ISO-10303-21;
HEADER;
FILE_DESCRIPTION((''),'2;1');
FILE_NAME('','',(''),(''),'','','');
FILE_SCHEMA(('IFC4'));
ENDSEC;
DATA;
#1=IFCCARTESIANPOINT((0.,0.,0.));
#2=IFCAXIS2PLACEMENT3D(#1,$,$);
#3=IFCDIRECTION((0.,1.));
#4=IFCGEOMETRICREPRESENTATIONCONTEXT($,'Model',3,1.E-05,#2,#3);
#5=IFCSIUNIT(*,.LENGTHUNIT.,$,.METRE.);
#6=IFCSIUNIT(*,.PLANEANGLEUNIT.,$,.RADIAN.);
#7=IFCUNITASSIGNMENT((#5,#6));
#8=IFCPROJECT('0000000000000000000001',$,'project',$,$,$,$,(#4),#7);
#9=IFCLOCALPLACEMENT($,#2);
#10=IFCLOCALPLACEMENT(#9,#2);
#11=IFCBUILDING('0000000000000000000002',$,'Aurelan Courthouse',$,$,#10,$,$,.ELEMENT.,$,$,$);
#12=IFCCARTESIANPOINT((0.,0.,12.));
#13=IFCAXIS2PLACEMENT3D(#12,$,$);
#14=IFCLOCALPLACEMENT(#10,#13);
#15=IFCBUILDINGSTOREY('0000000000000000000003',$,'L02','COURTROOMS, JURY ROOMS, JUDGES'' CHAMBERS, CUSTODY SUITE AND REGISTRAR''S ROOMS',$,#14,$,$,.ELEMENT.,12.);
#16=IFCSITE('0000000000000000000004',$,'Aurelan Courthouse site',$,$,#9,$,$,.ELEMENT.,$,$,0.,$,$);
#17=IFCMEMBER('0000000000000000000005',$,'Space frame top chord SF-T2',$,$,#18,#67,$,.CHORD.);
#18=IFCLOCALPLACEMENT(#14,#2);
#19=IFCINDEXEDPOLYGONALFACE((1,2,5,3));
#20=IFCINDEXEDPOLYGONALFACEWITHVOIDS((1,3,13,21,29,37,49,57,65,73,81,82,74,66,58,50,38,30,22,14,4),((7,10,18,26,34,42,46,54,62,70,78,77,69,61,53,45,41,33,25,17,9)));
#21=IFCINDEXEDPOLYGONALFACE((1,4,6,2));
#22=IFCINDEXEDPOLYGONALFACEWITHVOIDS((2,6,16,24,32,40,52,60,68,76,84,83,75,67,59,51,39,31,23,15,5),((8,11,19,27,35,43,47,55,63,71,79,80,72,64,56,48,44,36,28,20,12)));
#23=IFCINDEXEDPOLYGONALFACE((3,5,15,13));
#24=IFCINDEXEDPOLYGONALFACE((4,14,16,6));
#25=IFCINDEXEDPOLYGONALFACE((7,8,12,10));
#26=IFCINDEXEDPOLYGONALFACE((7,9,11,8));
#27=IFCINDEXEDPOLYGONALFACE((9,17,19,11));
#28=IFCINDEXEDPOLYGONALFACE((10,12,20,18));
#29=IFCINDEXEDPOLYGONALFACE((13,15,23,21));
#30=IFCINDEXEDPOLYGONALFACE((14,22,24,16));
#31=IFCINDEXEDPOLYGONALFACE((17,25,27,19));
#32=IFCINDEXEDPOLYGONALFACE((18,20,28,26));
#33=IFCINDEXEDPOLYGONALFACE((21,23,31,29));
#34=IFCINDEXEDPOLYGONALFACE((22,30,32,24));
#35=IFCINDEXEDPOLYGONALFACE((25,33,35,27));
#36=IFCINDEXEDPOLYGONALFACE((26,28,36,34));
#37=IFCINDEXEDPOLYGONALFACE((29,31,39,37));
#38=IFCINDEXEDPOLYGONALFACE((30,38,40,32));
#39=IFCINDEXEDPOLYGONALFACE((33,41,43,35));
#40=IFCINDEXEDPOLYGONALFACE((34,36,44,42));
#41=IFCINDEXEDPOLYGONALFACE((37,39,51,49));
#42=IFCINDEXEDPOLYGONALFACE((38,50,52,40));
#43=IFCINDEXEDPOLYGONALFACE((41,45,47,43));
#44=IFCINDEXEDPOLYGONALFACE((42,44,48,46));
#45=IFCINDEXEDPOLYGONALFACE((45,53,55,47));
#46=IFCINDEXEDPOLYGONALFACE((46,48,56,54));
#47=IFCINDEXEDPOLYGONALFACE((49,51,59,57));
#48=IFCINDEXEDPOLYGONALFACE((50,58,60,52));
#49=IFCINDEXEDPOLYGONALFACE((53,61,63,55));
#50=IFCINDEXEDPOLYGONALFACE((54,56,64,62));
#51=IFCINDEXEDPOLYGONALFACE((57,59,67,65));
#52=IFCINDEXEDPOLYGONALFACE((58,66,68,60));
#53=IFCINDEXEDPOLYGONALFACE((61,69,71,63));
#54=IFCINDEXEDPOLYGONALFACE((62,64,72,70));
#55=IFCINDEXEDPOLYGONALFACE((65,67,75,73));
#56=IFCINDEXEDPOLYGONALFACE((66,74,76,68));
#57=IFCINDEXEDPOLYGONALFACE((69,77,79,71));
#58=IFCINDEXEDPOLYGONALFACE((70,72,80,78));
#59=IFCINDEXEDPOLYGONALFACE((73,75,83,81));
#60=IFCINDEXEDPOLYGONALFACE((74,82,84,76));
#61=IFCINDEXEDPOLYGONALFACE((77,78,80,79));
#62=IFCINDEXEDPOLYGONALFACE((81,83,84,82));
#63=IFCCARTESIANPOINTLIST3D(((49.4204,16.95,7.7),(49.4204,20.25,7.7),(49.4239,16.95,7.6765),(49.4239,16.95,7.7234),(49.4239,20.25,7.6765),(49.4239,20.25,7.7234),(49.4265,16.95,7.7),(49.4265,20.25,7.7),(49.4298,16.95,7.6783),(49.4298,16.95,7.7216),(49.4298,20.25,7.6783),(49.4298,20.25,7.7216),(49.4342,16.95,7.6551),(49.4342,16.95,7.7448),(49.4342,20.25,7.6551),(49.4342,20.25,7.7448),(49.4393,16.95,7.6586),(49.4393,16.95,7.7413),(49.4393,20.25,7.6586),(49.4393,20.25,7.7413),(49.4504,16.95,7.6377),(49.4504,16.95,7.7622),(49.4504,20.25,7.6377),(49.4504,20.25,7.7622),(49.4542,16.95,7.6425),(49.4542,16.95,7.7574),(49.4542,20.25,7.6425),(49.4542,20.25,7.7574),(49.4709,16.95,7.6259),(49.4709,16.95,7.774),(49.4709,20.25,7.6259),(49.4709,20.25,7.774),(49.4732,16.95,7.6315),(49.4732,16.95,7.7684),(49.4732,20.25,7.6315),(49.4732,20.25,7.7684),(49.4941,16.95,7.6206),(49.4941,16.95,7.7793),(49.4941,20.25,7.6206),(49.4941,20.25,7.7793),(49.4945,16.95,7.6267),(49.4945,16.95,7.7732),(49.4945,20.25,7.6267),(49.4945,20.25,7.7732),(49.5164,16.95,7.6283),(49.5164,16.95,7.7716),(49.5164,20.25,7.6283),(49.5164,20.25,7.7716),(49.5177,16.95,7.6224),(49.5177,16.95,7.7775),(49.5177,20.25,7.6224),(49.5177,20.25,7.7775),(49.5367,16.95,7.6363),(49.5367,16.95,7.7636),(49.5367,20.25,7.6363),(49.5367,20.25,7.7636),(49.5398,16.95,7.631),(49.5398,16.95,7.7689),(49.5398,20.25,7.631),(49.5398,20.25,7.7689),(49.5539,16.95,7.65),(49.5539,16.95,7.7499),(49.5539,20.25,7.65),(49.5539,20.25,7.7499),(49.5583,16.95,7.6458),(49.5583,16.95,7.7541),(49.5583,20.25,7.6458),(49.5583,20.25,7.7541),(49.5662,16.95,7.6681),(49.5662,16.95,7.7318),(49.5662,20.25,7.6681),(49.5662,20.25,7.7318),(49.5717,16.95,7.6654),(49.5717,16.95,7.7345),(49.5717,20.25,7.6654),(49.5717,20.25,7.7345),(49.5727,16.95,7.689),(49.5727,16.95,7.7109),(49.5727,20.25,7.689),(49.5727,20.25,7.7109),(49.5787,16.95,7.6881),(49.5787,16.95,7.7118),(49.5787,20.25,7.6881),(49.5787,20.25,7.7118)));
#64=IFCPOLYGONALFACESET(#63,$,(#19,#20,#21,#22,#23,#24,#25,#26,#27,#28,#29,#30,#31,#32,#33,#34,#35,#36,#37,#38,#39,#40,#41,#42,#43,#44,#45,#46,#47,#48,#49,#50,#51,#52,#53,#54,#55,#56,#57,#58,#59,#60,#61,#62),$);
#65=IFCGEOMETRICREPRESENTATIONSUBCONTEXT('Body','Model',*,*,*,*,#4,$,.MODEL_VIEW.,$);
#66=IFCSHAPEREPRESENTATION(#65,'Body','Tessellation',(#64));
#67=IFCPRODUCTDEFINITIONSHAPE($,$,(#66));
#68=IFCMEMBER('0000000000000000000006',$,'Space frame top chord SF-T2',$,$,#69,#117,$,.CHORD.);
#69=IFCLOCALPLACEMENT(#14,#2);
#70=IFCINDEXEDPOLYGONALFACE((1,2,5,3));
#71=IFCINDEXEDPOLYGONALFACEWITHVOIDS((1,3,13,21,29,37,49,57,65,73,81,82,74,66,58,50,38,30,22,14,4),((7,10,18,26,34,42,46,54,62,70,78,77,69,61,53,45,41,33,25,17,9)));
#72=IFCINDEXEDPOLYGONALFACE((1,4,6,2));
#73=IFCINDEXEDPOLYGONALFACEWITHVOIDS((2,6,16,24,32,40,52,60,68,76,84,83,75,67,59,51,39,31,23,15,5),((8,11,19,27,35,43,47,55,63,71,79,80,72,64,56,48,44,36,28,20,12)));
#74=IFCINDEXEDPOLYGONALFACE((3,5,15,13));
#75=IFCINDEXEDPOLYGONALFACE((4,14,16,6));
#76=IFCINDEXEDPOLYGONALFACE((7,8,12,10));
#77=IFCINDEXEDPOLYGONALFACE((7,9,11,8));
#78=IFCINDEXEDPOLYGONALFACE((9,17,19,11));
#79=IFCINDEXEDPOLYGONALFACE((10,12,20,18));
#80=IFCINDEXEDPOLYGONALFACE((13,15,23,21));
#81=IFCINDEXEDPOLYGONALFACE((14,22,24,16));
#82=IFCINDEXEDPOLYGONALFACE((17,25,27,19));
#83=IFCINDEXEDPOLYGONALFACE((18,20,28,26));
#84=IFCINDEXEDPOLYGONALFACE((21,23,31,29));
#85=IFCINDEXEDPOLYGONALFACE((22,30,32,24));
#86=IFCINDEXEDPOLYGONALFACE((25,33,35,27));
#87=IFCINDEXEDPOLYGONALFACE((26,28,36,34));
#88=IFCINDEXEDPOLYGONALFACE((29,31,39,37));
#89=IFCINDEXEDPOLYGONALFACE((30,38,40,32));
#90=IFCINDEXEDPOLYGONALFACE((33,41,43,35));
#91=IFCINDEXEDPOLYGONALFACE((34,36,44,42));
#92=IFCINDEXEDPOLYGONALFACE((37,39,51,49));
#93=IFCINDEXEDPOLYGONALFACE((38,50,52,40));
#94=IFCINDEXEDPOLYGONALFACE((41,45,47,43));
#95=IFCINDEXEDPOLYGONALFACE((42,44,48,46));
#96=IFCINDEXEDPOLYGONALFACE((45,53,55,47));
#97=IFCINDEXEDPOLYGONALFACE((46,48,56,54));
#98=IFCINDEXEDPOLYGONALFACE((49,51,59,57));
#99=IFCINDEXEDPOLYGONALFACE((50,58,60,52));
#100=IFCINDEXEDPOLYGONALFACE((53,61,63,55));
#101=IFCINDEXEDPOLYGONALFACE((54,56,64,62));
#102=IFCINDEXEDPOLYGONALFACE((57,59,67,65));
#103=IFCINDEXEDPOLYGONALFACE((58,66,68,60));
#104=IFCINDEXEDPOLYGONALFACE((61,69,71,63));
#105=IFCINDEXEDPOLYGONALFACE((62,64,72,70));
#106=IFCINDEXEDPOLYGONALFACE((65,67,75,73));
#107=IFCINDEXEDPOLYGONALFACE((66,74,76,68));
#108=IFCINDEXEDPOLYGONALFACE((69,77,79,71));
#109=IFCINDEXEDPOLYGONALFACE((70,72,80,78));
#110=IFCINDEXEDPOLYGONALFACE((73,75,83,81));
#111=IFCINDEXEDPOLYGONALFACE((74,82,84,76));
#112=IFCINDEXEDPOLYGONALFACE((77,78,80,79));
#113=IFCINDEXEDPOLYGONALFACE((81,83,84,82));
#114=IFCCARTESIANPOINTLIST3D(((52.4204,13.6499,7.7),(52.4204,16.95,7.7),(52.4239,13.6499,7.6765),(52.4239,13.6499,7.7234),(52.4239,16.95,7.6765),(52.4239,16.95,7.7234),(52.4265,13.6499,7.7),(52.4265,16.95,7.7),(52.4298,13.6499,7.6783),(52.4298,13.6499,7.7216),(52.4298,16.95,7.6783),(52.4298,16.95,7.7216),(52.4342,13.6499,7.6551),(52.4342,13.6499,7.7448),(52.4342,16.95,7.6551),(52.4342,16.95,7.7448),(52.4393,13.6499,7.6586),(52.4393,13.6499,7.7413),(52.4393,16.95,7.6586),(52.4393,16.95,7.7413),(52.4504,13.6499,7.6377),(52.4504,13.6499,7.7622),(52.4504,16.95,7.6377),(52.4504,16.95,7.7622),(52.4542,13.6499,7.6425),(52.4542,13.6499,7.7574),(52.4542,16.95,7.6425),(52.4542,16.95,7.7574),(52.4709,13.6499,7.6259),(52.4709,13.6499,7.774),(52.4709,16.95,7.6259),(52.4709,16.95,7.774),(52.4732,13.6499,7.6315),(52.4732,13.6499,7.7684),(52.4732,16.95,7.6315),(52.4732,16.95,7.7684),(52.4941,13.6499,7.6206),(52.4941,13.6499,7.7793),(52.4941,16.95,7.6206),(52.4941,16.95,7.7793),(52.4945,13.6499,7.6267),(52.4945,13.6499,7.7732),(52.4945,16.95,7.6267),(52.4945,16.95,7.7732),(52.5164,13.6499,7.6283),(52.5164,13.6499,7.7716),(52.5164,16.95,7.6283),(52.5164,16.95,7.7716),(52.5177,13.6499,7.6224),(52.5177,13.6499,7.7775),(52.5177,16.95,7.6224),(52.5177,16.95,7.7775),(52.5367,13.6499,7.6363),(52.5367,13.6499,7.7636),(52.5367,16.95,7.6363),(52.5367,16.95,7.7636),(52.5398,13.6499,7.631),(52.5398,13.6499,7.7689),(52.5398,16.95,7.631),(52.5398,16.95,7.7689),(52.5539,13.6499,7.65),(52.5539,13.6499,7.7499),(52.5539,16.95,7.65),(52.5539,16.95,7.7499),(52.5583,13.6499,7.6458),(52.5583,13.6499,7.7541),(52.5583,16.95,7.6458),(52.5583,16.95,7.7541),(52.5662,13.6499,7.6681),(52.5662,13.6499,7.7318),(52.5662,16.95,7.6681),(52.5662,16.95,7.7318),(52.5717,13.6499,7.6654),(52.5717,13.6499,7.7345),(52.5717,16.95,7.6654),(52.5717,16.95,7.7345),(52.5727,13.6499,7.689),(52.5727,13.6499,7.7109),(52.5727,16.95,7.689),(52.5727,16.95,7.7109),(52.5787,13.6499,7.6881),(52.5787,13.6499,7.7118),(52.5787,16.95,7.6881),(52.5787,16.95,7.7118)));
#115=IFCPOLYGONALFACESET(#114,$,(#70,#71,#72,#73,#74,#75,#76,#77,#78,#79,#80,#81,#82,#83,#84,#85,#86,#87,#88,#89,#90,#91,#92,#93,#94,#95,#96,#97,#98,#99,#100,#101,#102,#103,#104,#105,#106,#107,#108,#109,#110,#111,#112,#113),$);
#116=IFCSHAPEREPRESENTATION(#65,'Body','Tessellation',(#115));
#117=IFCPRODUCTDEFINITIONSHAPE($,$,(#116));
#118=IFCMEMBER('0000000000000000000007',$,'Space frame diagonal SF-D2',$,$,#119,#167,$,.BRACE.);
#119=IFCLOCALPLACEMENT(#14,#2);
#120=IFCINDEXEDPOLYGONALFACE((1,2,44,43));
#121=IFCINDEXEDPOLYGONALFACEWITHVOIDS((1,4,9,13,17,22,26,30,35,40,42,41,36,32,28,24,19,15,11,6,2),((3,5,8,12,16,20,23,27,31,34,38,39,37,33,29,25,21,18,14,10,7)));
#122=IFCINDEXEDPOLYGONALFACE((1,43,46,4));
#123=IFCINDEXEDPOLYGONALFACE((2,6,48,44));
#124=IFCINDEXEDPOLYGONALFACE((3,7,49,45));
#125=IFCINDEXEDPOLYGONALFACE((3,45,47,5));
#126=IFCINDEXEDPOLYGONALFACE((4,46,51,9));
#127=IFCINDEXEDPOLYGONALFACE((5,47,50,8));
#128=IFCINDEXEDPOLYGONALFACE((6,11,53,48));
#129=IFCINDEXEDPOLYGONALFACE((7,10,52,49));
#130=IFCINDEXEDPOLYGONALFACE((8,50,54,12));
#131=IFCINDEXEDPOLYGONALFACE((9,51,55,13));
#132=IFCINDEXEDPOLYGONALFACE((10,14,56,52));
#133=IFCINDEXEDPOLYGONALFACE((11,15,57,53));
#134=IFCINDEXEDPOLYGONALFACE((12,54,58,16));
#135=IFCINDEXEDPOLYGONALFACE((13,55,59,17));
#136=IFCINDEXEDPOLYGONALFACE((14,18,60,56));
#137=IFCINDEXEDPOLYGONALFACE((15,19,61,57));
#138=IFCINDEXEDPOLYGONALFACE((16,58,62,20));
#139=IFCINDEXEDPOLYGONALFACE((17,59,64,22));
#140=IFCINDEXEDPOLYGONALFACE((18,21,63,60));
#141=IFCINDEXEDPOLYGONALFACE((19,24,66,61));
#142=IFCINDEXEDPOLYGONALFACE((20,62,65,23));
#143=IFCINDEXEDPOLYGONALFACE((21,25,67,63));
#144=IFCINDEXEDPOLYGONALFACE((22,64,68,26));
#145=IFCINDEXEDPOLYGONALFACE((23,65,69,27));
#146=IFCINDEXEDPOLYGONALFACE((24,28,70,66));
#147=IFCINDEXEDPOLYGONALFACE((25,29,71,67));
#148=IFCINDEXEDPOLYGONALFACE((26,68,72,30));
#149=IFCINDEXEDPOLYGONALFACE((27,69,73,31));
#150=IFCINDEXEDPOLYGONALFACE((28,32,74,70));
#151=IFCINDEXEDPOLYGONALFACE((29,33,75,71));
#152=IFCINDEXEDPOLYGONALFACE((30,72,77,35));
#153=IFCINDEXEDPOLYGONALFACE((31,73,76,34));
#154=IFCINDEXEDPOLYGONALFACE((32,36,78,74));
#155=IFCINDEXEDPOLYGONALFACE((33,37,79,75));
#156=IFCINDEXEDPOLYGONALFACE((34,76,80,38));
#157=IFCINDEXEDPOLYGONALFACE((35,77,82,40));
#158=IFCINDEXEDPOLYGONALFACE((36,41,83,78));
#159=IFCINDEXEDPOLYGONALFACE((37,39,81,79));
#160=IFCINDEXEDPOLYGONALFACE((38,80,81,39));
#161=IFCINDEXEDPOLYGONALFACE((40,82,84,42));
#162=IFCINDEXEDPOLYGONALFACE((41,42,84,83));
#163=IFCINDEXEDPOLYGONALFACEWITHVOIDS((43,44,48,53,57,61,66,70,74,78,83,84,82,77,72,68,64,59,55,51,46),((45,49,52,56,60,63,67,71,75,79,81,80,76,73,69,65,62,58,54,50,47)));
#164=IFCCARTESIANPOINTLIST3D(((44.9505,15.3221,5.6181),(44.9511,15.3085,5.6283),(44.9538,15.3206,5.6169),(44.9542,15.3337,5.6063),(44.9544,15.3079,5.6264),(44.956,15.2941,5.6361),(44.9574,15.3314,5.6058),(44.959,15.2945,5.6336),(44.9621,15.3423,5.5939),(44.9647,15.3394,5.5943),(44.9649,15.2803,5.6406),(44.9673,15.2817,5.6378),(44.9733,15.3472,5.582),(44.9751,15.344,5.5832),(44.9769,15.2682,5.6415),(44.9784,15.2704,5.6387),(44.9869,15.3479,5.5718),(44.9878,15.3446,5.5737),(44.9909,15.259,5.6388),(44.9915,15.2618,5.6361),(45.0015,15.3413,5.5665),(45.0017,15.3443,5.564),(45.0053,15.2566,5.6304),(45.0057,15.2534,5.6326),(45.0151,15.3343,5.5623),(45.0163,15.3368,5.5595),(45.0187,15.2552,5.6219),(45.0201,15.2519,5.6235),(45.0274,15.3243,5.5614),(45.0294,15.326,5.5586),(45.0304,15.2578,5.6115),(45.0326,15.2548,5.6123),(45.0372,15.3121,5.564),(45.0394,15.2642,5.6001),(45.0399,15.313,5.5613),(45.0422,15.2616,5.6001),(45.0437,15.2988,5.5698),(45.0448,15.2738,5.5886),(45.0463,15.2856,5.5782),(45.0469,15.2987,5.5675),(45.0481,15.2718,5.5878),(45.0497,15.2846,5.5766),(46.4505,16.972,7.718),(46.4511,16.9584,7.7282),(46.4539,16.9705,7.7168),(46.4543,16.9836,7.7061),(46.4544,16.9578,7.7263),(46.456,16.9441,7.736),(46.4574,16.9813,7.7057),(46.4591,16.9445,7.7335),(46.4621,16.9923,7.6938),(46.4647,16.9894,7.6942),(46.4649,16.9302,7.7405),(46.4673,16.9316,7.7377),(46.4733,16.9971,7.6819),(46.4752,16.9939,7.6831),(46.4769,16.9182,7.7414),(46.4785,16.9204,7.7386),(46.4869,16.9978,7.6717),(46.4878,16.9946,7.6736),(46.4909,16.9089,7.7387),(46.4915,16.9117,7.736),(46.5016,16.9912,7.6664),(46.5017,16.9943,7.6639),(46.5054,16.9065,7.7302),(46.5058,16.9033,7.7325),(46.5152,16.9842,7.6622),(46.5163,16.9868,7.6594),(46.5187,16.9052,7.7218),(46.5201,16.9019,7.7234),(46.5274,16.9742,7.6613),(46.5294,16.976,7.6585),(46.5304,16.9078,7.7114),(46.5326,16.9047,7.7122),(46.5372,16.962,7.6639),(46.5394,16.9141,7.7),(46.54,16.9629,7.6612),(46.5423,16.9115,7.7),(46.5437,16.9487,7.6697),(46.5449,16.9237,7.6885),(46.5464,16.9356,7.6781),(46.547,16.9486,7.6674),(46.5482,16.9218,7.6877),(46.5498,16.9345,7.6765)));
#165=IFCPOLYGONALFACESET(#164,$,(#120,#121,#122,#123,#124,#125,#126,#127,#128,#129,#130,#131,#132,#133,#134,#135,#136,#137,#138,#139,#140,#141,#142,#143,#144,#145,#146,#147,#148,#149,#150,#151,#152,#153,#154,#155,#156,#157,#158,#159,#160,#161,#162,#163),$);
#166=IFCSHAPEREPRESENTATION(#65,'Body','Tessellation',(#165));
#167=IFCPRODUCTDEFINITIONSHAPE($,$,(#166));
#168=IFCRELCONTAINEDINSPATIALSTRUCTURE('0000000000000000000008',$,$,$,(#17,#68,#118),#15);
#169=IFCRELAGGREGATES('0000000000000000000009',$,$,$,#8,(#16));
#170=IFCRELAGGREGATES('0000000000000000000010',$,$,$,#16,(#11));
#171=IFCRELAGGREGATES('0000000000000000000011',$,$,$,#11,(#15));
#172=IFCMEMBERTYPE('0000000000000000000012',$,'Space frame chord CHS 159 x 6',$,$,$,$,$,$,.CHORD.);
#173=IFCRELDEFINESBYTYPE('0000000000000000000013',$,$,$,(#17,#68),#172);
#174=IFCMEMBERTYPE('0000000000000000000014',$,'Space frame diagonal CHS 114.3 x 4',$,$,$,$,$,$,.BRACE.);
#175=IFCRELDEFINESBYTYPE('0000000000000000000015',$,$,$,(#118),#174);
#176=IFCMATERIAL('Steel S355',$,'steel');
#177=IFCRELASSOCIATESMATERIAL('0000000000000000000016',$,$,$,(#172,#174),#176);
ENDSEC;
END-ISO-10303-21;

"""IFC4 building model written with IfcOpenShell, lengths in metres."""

from ifc_helpers import new_model, si_unit, direction, frame, origin, origin_2d, place, context, subcontext, project, spatial, hollow_circle, extrude, material, material_profile, profile_set, type_object, element, save


model = new_model("IFC4")

# Units and contexts
model_context = context("Model", 3, precision=1e-05, world=origin(), true_north=direction((0.0, 1.0)))
body_context = subcontext(model_context, "Body", "Model", "MODEL_VIEW")
ifc_project = project(units=[si_unit("LENGTHUNIT", "METRE"), si_unit("PLANEANGLEUNIT", "RADIAN")], contexts=[model_context])

# Site, building, storey
site_placement = place(None, origin())
site = spatial("IfcSite", under=ifc_project, at=site_placement, Name="Aurelan Courthouse site", CompositionType="ELEMENT", RefElevation=0.0)
building_placement = place(site_placement, origin())
building = spatial("IfcBuilding", under=site, at=building_placement, Name="Aurelan Courthouse", CompositionType="ELEMENT")
storey_placement = place(building_placement, frame((0.0, 0.0, 12.0)))
storey = spatial("IfcBuildingStorey", under=building, at=storey_placement, Name="L02", Description="COURTROOMS, JURY ROOMS, JUDGES' CHAMBERS, CUSTODY SUITE AND REGISTRAR'S ROOMS", CompositionType="ELEMENT", Elevation=12.0)

# Members
ifc_material_1 = material(Name="Steel S355", Category="steel")
ifc_material_profile_1 = material_profile(ifc_material_1, hollow_circle(Radius=0.0796, WallThickness=0.0061, at=origin_2d()), Name="CHS 159 x 6")
ifc_profile_set_1 = profile_set([ifc_material_profile_1], Name="Steel S355")
member_type_1 = type_object("IfcMemberType", Name="Space frame chord CHS 159 x 6", PredefinedType="CHORD", material=ifc_profile_set_1)
for number, where, z_axis, x_axis, name in (
    (1, (49.5, 16.95, 7.7), (0.0, 1.0, 0.0), (-1.0, 0.0, 0.0), "Space frame top chord SF-T2"),
    (2, (52.5, 13.6499, 7.7), (0.0, 1.0, 0.0), (-1.0, 0.0, 0.0), "Space frame top chord SF-T2"),
):
    element("IfcMember", number, at=place(storey_placement, frame(where, z_axis=z_axis, x_axis=x_axis)), inside=storey, type_object=member_type_1, Name=name, PredefinedType="CHORD", context=body_context, shape_type="SweptSolid", body=[
        extrude(hollow_circle(Radius=0.0796, WallThickness=0.0061, at=origin_2d()), origin(), (0.0, 0.0, 1.0), 3.3),
    ])
ifc_material_profile_2 = material_profile(ifc_material_1, hollow_circle(Radius=0.0571, WallThickness=0.0039, at=origin_2d()), Name="CHS 114.3 x 4")
ifc_profile_set_2 = profile_set([ifc_material_profile_2], Name="Steel S355")
member_type_2 = type_object("IfcMemberType", Name="Space frame diagonal CHS 114.3 x 4", PredefinedType="BRACE", material=ifc_profile_set_2)
for number, where, z_axis, x_axis, name in (
    (3, (46.5, 16.95, 7.7), (-0.489727, -0.538667, -0.685569), (0.73992, -0.672695, 0.0), "Space frame diagonal SF-D2"),
):
    element("IfcMember", number, at=place(storey_placement, frame(where, z_axis=z_axis, x_axis=x_axis)), inside=storey, type_object=member_type_2, Name=name, PredefinedType="BRACE", context=body_context, shape_type="SweptSolid", body=[
        extrude(hollow_circle(Radius=0.0571, WallThickness=0.0039, at=origin_2d()), origin(), (0.0, 0.0, 1.0), 3.063),
    ])

save(model, "model.ifc")
